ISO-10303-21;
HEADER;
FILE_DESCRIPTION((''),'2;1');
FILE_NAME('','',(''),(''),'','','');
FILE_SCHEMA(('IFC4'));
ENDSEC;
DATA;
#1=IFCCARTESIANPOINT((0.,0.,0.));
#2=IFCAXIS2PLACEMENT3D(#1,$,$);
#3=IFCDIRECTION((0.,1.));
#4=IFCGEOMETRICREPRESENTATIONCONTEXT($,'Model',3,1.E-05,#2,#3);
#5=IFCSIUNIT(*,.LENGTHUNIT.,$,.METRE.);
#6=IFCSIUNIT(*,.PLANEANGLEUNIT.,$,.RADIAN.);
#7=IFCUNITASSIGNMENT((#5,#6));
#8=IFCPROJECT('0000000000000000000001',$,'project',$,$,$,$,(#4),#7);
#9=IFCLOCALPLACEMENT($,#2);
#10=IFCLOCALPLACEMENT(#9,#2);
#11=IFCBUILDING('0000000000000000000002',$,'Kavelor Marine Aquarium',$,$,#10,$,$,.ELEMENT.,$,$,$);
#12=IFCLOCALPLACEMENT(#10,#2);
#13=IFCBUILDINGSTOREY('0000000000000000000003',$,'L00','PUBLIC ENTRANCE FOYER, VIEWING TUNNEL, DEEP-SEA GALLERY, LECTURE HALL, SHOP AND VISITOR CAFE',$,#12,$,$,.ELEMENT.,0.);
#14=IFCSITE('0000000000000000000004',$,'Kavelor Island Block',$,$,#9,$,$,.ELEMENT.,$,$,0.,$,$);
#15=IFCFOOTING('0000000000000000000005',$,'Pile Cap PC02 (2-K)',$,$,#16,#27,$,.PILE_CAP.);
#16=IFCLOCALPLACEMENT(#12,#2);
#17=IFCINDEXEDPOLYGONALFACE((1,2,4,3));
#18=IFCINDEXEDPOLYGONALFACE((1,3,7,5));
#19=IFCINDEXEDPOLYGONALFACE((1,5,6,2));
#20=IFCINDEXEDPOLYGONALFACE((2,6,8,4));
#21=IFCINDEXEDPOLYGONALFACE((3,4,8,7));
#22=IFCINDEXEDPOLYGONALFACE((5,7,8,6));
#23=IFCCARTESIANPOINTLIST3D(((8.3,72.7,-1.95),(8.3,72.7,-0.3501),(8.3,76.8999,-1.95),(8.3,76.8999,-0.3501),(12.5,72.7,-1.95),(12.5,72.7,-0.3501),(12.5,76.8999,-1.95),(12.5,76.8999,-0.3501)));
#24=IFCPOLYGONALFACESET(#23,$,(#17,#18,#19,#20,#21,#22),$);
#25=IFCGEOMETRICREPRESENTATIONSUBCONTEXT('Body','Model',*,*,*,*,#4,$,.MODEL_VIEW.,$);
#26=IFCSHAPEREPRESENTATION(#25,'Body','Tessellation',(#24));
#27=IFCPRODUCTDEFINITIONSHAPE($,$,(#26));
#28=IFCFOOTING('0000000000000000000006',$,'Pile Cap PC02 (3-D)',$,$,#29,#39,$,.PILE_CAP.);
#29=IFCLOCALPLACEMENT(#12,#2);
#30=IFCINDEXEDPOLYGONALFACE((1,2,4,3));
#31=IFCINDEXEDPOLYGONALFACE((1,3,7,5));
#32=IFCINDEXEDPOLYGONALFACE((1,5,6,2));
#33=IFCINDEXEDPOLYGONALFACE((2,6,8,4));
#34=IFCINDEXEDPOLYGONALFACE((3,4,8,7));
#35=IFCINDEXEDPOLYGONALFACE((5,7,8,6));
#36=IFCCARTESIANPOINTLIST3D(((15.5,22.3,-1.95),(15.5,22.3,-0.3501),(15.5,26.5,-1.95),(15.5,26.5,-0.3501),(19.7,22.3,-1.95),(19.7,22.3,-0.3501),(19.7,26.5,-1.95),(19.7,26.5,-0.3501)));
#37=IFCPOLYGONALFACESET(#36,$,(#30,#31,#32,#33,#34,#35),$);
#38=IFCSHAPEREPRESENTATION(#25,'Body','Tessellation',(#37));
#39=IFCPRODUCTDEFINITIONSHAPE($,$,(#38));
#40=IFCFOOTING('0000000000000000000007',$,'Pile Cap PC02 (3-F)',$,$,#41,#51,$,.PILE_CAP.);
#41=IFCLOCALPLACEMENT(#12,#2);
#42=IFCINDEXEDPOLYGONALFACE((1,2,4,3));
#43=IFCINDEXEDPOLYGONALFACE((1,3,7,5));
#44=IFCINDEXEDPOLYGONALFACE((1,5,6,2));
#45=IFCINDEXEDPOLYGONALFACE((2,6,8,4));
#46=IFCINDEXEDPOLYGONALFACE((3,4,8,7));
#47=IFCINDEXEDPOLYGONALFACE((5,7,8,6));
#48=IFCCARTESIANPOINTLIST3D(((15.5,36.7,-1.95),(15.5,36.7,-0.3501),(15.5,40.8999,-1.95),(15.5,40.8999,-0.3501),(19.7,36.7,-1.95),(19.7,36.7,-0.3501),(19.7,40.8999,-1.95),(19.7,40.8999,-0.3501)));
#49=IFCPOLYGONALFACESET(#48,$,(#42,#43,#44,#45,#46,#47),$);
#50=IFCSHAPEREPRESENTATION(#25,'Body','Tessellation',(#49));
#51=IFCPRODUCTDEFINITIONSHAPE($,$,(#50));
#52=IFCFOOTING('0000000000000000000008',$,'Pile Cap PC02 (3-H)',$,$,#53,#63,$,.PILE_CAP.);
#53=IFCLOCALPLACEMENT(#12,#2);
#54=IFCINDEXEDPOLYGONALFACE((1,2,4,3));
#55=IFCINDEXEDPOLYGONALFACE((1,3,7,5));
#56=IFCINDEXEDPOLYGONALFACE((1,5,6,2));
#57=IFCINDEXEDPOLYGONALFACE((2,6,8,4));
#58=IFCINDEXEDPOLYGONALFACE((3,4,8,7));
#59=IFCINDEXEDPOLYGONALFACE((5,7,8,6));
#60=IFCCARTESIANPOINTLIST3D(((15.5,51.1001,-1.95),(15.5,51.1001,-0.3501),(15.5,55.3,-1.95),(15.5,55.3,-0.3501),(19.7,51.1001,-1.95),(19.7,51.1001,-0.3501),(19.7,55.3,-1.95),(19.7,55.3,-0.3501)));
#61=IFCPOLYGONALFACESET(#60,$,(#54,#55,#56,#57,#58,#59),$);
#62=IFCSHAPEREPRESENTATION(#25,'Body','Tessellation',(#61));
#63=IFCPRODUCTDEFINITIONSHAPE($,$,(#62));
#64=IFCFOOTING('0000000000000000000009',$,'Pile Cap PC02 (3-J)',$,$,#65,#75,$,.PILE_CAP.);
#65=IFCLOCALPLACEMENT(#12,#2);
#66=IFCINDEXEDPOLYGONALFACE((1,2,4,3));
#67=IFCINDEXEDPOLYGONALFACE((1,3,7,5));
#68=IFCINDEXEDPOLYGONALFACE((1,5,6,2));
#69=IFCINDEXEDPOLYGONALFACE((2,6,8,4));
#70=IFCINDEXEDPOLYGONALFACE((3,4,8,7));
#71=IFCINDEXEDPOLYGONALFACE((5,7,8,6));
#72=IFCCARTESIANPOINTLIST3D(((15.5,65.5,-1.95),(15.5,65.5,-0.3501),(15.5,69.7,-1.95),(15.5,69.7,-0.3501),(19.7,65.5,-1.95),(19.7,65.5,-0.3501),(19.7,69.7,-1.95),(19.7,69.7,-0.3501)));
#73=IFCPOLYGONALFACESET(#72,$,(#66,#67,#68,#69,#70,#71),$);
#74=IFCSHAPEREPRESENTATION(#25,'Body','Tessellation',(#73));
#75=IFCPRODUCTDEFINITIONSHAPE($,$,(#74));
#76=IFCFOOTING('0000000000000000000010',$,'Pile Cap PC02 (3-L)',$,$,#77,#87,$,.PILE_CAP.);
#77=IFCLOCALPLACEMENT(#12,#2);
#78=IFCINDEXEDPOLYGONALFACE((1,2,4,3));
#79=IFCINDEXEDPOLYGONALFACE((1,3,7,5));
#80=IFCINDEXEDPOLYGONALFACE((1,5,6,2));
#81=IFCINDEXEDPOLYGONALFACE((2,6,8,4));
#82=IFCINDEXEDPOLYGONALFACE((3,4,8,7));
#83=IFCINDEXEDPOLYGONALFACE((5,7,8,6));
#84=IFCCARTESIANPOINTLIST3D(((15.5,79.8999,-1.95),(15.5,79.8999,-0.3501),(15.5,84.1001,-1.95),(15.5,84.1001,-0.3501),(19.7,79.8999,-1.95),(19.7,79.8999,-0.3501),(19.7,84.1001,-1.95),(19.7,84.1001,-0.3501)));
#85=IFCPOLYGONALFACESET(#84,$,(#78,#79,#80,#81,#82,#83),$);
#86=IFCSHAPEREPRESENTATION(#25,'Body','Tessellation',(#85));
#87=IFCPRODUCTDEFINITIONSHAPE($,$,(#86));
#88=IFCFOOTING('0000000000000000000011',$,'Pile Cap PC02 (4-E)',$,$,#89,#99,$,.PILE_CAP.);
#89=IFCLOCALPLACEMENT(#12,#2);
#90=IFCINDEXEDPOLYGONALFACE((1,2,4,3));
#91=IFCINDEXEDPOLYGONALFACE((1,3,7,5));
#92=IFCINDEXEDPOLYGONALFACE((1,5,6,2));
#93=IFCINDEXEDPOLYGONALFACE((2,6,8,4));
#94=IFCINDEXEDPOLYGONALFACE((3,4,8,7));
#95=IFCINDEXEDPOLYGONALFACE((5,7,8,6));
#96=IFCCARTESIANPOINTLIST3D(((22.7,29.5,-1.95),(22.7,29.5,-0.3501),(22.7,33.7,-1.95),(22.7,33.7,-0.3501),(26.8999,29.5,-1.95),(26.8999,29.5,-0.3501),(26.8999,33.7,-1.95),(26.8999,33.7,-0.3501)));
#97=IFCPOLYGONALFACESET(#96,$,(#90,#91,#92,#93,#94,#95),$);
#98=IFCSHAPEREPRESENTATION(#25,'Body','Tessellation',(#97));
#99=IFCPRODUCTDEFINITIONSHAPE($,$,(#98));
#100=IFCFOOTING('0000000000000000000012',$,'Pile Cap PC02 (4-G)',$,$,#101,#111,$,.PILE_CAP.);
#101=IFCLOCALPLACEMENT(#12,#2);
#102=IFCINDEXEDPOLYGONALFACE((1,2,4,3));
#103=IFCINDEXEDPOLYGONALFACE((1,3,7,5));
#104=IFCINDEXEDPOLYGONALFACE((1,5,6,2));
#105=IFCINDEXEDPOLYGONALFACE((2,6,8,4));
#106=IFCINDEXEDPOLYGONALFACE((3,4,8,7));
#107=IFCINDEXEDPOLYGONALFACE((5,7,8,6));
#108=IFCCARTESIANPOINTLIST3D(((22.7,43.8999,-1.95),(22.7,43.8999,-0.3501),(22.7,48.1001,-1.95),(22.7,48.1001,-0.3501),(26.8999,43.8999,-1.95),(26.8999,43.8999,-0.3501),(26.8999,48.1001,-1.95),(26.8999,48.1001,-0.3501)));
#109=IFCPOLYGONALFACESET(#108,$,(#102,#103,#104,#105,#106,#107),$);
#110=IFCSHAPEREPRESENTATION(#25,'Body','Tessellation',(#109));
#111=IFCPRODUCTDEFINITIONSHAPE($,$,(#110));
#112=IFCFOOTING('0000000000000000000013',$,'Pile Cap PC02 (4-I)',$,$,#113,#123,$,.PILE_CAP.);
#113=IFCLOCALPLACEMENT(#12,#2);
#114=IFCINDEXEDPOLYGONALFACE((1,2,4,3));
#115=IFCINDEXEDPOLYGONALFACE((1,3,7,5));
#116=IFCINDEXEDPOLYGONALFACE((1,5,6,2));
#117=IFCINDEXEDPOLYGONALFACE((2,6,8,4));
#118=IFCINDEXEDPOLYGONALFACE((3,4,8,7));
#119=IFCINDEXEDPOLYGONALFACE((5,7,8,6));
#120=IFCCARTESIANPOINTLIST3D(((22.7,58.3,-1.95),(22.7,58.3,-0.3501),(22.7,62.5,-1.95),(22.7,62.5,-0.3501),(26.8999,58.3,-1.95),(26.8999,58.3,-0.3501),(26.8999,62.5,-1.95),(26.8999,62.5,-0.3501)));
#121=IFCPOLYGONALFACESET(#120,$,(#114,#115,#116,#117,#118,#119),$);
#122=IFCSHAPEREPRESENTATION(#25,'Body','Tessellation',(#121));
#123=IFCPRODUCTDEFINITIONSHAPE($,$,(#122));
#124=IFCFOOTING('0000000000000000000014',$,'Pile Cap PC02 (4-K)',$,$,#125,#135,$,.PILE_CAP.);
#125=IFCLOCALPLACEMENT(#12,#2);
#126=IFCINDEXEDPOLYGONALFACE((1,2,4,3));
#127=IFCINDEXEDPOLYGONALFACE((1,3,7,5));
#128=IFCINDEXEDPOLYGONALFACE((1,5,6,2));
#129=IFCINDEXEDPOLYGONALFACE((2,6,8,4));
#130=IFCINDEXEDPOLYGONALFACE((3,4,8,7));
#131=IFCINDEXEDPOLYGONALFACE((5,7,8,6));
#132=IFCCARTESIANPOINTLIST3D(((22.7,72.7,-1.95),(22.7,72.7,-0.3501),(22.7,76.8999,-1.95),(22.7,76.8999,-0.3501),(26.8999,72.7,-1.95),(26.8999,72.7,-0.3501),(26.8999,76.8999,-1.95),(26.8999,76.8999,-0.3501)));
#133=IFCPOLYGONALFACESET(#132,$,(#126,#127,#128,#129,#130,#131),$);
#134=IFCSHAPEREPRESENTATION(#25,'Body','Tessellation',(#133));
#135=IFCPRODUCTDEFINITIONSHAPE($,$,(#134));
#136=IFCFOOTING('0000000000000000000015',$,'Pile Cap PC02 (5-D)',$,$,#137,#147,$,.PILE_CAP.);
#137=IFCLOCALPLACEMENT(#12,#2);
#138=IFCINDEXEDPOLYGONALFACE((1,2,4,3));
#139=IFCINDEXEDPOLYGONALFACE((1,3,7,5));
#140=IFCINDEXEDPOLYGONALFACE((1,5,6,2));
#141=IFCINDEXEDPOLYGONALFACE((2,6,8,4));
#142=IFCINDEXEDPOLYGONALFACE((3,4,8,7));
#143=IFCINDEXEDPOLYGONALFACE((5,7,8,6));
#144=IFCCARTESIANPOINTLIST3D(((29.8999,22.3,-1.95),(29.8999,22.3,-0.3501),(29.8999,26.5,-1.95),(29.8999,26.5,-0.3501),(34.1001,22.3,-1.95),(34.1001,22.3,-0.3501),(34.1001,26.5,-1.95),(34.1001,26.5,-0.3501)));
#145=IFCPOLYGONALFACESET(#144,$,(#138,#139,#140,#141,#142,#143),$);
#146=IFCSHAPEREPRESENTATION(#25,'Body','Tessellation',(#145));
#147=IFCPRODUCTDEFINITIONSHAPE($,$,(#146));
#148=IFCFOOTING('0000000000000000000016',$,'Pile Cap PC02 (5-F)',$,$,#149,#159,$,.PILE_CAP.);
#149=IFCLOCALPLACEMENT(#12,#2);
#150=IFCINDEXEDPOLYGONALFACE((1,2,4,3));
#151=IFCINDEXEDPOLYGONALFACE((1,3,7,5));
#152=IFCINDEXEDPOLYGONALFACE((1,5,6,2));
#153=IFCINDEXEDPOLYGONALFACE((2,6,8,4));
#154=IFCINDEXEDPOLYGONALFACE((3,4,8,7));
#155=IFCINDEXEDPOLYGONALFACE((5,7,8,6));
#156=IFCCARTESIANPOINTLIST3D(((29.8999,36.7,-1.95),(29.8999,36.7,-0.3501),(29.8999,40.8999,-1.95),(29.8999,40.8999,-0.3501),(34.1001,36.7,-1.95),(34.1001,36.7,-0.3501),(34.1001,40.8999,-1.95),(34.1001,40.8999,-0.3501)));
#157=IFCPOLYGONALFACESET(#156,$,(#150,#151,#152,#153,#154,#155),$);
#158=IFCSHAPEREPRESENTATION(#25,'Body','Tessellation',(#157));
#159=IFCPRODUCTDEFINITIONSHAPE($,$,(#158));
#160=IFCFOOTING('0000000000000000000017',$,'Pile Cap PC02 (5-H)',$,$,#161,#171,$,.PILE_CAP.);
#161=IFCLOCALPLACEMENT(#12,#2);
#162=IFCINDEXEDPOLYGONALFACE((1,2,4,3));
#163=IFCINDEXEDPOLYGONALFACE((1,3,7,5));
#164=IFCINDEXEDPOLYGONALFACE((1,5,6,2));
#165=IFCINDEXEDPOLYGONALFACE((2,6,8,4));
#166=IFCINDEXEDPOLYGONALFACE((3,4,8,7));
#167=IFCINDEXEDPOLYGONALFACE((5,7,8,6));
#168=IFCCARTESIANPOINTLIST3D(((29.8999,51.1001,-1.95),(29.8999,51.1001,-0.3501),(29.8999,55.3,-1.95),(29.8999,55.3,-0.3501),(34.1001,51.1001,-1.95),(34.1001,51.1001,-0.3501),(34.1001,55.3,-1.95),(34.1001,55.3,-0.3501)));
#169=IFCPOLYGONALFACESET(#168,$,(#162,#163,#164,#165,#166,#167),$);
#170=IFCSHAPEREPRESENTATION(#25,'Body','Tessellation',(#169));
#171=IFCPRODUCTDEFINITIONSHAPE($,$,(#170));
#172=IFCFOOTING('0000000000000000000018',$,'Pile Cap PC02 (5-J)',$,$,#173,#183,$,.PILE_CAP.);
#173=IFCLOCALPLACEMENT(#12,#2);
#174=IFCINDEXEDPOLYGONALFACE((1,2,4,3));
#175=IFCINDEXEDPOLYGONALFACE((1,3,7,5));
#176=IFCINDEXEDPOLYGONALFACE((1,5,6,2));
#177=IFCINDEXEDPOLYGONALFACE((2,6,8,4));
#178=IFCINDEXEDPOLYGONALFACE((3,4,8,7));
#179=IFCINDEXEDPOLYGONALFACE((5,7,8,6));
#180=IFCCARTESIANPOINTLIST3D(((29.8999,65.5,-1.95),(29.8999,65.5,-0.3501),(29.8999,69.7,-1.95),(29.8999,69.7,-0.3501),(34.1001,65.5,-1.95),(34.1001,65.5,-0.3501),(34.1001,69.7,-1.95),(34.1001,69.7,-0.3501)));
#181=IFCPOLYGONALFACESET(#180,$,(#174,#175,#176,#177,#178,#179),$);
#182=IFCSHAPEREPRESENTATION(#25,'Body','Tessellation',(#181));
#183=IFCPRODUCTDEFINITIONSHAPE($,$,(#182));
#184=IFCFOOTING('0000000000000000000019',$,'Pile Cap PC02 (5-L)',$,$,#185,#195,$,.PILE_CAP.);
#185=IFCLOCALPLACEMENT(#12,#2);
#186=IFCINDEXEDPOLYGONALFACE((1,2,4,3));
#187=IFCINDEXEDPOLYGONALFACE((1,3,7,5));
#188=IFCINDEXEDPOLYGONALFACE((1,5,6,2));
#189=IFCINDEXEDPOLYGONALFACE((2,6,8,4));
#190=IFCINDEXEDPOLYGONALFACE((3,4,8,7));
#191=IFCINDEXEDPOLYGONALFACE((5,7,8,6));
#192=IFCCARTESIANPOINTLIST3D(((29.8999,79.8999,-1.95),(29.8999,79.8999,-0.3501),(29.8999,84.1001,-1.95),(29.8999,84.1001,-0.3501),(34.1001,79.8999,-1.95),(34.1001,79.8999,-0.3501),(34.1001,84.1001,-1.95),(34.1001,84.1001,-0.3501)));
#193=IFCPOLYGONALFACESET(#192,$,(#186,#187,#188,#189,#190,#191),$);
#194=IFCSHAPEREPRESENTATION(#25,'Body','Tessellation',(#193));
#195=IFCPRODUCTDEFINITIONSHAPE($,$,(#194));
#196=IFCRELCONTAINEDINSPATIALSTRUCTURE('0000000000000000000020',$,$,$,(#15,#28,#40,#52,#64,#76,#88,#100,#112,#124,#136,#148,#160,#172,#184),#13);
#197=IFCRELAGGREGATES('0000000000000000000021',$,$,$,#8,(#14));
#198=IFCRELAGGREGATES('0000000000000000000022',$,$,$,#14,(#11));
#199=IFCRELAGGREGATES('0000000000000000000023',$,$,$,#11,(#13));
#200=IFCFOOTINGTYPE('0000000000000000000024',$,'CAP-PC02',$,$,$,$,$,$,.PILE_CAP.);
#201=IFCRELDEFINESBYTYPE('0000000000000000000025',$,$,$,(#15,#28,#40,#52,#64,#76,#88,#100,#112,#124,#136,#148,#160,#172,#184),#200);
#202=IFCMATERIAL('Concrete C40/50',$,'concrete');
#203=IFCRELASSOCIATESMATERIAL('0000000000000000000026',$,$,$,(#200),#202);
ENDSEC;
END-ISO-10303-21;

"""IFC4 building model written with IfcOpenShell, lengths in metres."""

from ifc_helpers import new_model, si_unit, direction, frame, origin, place, context, subcontext, project, spatial, polyline, outline, extrude, material, type_object, element, save


model = new_model("IFC4")

# Units and contexts
model_context = context("Model", 3, precision=1e-05, world=origin(), true_north=direction((0.0, 1.0)))
body_context = subcontext(model_context, "Body", "Model", "MODEL_VIEW")
ifc_project = project(units=[si_unit("LENGTHUNIT", "METRE"), si_unit("PLANEANGLEUNIT", "RADIAN")], contexts=[model_context])

# Site, building, storey
site_placement = place(None, origin())
site = spatial("IfcSite", under=ifc_project, at=site_placement, Name="Kavelor Island Block", CompositionType="ELEMENT", RefElevation=0.0)
building_placement = place(site_placement, origin())
building = spatial("IfcBuilding", under=site, at=building_placement, Name="Kavelor Marine Aquarium", CompositionType="ELEMENT")
storey_placement = place(building_placement, origin())
storey = spatial("IfcBuildingStorey", under=building, at=storey_placement, Name="L00", Description="PUBLIC ENTRANCE FOYER, VIEWING TUNNEL, DEEP-SEA GALLERY, LECTURE HALL, SHOP AND VISITOR CAFE", CompositionType="ELEMENT", Elevation=0.0)

# Footings
ifc_material_1 = material(Name="Concrete C40/50", Category="concrete")
footing_type_1 = type_object("IfcFootingType", Name="CAP-PC02", PredefinedType="PILE_CAP", material=ifc_material_1)
footing_1_placement = place(storey_placement, frame((0.0, 0.0, -1.95)))
element("IfcFooting", 1, at=footing_1_placement, inside=storey, type_object=footing_type_1, Name="Pile Cap PC02 (2-K)", PredefinedType="PILE_CAP", context=body_context, shape_type="SweptSolid", body=[
    extrude(outline(polyline([(8.3, 72.7), (12.5, 72.7), (12.5, 76.8999), (8.3, 76.8999), (8.3, 72.7)])), origin(), (0.0, 0.0, 1.0), 1.5999),
])
footing_2_placement = place(storey_placement, frame((0.0, 0.0, -1.95)))
element("IfcFooting", 2, at=footing_2_placement, inside=storey, type_object=footing_type_1, Name="Pile Cap PC02 (3-D)", PredefinedType="PILE_CAP", context=body_context, shape_type="SweptSolid", body=[
    extrude(outline(polyline([(15.5, 22.3), (19.7, 22.3), (19.7, 26.5), (15.5, 26.5), (15.5, 22.3)])), origin(), (0.0, 0.0, 1.0), 1.5999),
])
footing_3_placement = place(storey_placement, frame((0.0, 0.0, -1.95)))
element("IfcFooting", 3, at=footing_3_placement, inside=storey, type_object=footing_type_1, Name="Pile Cap PC02 (3-F)", PredefinedType="PILE_CAP", context=body_context, shape_type="SweptSolid", body=[
    extrude(outline(polyline([(15.5, 36.7), (19.7, 36.7), (19.7, 40.8999), (15.5, 40.8999), (15.5, 36.7)])), origin(), (0.0, 0.0, 1.0), 1.5999),
])
footing_4_placement = place(storey_placement, frame((0.0, 0.0, -1.95)))
element("IfcFooting", 4, at=footing_4_placement, inside=storey, type_object=footing_type_1, Name="Pile Cap PC02 (3-H)", PredefinedType="PILE_CAP", context=body_context, shape_type="SweptSolid", body=[
    extrude(outline(polyline([(15.5, 51.1001), (19.7, 51.1001), (19.7, 55.3), (15.5, 55.3), (15.5, 51.1001)])), origin(), (0.0, 0.0, 1.0), 1.5999),
])
footing_5_placement = place(storey_placement, frame((0.0, 0.0, -1.95)))
element("IfcFooting", 5, at=footing_5_placement, inside=storey, type_object=footing_type_1, Name="Pile Cap PC02 (3-J)", PredefinedType="PILE_CAP", context=body_context, shape_type="SweptSolid", body=[
    extrude(outline(polyline([(15.5, 65.5), (19.7, 65.5), (19.7, 69.7), (15.5, 69.7), (15.5, 65.5)])), origin(), (0.0, 0.0, 1.0), 1.5999),
])
footing_6_placement = place(storey_placement, frame((0.0, 0.0, -1.95)))
element("IfcFooting", 6, at=footing_6_placement, inside=storey, type_object=footing_type_1, Name="Pile Cap PC02 (3-L)", PredefinedType="PILE_CAP", context=body_context, shape_type="SweptSolid", body=[
    extrude(outline(polyline([(15.5, 79.8999), (19.7, 79.8999), (19.7, 84.1001), (15.5, 84.1001), (15.5, 79.8999)])), origin(), (0.0, 0.0, 1.0), 1.5999),
])
footing_7_placement = place(storey_placement, frame((0.0, 0.0, -1.95)))
element("IfcFooting", 7, at=footing_7_placement, inside=storey, type_object=footing_type_1, Name="Pile Cap PC02 (4-E)", PredefinedType="PILE_CAP", context=body_context, shape_type="SweptSolid", body=[
    extrude(outline(polyline([(22.7, 29.5), (26.8999, 29.5), (26.8999, 33.7), (22.7, 33.7), (22.7, 29.5)])), origin(), (0.0, 0.0, 1.0), 1.5999),
])
footing_8_placement = place(storey_placement, frame((0.0, 0.0, -1.95)))
element("IfcFooting", 8, at=footing_8_placement, inside=storey, type_object=footing_type_1, Name="Pile Cap PC02 (4-G)", PredefinedType="PILE_CAP", context=body_context, shape_type="SweptSolid", body=[
    extrude(outline(polyline([(22.7, 43.8999), (26.8999, 43.8999), (26.8999, 48.1001), (22.7, 48.1001), (22.7, 43.8999)])), origin(), (0.0, 0.0, 1.0), 1.5999),
])
footing_9_placement = place(storey_placement, frame((0.0, 0.0, -1.95)))
element("IfcFooting", 9, at=footing_9_placement, inside=storey, type_object=footing_type_1, Name="Pile Cap PC02 (4-I)", PredefinedType="PILE_CAP", context=body_context, shape_type="SweptSolid", body=[
    extrude(outline(polyline([(22.7, 58.3), (26.8999, 58.3), (26.8999, 62.5), (22.7, 62.5), (22.7, 58.3)])), origin(), (0.0, 0.0, 1.0), 1.5999),
])
footing_10_placement = place(storey_placement, frame((0.0, 0.0, -1.95)))
element("IfcFooting", 10, at=footing_10_placement, inside=storey, type_object=footing_type_1, Name="Pile Cap PC02 (4-K)", PredefinedType="PILE_CAP", context=body_context, shape_type="SweptSolid", body=[
    extrude(outline(polyline([(22.7, 72.7), (26.8999, 72.7), (26.8999, 76.8999), (22.7, 76.8999), (22.7, 72.7)])), origin(), (0.0, 0.0, 1.0), 1.5999),
])
footing_11_placement = place(storey_placement, frame((0.0, 0.0, -1.95)))
element("IfcFooting", 11, at=footing_11_placement, inside=storey, type_object=footing_type_1, Name="Pile Cap PC02 (5-D)", PredefinedType="PILE_CAP", context=body_context, shape_type="SweptSolid", body=[
    extrude(outline(polyline([(29.8999, 22.3), (34.1001, 22.3), (34.1001, 26.5), (29.8999, 26.5), (29.8999, 22.3)])), origin(), (0.0, 0.0, 1.0), 1.5999),
])
footing_12_placement = place(storey_placement, frame((0.0, 0.0, -1.95)))
element("IfcFooting", 12, at=footing_12_placement, inside=storey, type_object=footing_type_1, Name="Pile Cap PC02 (5-F)", PredefinedType="PILE_CAP", context=body_context, shape_type="SweptSolid", body=[
    extrude(outline(polyline([(29.8999, 36.7), (34.1001, 36.7), (34.1001, 40.8999), (29.8999, 40.8999), (29.8999, 36.7)])), origin(), (0.0, 0.0, 1.0), 1.5999),
])
footing_13_placement = place(storey_placement, frame((0.0, 0.0, -1.95)))
element("IfcFooting", 13, at=footing_13_placement, inside=storey, type_object=footing_type_1, Name="Pile Cap PC02 (5-H)", PredefinedType="PILE_CAP", context=body_context, shape_type="SweptSolid", body=[
    extrude(outline(polyline([(29.8999, 51.1001), (34.1001, 51.1001), (34.1001, 55.3), (29.8999, 55.3), (29.8999, 51.1001)])), origin(), (0.0, 0.0, 1.0), 1.5999),
])
footing_14_placement = place(storey_placement, frame((0.0, 0.0, -1.95)))
element("IfcFooting", 14, at=footing_14_placement, inside=storey, type_object=footing_type_1, Name="Pile Cap PC02 (5-J)", PredefinedType="PILE_CAP", context=body_context, shape_type="SweptSolid", body=[
    extrude(outline(polyline([(29.8999, 65.5), (34.1001, 65.5), (34.1001, 69.7), (29.8999, 69.7), (29.8999, 65.5)])), origin(), (0.0, 0.0, 1.0), 1.5999),
])
footing_15_placement = place(storey_placement, frame((0.0, 0.0, -1.95)))
element("IfcFooting", 15, at=footing_15_placement, inside=storey, type_object=footing_type_1, Name="Pile Cap PC02 (5-L)", PredefinedType="PILE_CAP", context=body_context, shape_type="SweptSolid", body=[
    extrude(outline(polyline([(29.8999, 79.8999), (34.1001, 79.8999), (34.1001, 84.1001), (29.8999, 84.1001), (29.8999, 79.8999)])), origin(), (0.0, 0.0, 1.0), 1.5999),
])

save(model, "model.ifc")
